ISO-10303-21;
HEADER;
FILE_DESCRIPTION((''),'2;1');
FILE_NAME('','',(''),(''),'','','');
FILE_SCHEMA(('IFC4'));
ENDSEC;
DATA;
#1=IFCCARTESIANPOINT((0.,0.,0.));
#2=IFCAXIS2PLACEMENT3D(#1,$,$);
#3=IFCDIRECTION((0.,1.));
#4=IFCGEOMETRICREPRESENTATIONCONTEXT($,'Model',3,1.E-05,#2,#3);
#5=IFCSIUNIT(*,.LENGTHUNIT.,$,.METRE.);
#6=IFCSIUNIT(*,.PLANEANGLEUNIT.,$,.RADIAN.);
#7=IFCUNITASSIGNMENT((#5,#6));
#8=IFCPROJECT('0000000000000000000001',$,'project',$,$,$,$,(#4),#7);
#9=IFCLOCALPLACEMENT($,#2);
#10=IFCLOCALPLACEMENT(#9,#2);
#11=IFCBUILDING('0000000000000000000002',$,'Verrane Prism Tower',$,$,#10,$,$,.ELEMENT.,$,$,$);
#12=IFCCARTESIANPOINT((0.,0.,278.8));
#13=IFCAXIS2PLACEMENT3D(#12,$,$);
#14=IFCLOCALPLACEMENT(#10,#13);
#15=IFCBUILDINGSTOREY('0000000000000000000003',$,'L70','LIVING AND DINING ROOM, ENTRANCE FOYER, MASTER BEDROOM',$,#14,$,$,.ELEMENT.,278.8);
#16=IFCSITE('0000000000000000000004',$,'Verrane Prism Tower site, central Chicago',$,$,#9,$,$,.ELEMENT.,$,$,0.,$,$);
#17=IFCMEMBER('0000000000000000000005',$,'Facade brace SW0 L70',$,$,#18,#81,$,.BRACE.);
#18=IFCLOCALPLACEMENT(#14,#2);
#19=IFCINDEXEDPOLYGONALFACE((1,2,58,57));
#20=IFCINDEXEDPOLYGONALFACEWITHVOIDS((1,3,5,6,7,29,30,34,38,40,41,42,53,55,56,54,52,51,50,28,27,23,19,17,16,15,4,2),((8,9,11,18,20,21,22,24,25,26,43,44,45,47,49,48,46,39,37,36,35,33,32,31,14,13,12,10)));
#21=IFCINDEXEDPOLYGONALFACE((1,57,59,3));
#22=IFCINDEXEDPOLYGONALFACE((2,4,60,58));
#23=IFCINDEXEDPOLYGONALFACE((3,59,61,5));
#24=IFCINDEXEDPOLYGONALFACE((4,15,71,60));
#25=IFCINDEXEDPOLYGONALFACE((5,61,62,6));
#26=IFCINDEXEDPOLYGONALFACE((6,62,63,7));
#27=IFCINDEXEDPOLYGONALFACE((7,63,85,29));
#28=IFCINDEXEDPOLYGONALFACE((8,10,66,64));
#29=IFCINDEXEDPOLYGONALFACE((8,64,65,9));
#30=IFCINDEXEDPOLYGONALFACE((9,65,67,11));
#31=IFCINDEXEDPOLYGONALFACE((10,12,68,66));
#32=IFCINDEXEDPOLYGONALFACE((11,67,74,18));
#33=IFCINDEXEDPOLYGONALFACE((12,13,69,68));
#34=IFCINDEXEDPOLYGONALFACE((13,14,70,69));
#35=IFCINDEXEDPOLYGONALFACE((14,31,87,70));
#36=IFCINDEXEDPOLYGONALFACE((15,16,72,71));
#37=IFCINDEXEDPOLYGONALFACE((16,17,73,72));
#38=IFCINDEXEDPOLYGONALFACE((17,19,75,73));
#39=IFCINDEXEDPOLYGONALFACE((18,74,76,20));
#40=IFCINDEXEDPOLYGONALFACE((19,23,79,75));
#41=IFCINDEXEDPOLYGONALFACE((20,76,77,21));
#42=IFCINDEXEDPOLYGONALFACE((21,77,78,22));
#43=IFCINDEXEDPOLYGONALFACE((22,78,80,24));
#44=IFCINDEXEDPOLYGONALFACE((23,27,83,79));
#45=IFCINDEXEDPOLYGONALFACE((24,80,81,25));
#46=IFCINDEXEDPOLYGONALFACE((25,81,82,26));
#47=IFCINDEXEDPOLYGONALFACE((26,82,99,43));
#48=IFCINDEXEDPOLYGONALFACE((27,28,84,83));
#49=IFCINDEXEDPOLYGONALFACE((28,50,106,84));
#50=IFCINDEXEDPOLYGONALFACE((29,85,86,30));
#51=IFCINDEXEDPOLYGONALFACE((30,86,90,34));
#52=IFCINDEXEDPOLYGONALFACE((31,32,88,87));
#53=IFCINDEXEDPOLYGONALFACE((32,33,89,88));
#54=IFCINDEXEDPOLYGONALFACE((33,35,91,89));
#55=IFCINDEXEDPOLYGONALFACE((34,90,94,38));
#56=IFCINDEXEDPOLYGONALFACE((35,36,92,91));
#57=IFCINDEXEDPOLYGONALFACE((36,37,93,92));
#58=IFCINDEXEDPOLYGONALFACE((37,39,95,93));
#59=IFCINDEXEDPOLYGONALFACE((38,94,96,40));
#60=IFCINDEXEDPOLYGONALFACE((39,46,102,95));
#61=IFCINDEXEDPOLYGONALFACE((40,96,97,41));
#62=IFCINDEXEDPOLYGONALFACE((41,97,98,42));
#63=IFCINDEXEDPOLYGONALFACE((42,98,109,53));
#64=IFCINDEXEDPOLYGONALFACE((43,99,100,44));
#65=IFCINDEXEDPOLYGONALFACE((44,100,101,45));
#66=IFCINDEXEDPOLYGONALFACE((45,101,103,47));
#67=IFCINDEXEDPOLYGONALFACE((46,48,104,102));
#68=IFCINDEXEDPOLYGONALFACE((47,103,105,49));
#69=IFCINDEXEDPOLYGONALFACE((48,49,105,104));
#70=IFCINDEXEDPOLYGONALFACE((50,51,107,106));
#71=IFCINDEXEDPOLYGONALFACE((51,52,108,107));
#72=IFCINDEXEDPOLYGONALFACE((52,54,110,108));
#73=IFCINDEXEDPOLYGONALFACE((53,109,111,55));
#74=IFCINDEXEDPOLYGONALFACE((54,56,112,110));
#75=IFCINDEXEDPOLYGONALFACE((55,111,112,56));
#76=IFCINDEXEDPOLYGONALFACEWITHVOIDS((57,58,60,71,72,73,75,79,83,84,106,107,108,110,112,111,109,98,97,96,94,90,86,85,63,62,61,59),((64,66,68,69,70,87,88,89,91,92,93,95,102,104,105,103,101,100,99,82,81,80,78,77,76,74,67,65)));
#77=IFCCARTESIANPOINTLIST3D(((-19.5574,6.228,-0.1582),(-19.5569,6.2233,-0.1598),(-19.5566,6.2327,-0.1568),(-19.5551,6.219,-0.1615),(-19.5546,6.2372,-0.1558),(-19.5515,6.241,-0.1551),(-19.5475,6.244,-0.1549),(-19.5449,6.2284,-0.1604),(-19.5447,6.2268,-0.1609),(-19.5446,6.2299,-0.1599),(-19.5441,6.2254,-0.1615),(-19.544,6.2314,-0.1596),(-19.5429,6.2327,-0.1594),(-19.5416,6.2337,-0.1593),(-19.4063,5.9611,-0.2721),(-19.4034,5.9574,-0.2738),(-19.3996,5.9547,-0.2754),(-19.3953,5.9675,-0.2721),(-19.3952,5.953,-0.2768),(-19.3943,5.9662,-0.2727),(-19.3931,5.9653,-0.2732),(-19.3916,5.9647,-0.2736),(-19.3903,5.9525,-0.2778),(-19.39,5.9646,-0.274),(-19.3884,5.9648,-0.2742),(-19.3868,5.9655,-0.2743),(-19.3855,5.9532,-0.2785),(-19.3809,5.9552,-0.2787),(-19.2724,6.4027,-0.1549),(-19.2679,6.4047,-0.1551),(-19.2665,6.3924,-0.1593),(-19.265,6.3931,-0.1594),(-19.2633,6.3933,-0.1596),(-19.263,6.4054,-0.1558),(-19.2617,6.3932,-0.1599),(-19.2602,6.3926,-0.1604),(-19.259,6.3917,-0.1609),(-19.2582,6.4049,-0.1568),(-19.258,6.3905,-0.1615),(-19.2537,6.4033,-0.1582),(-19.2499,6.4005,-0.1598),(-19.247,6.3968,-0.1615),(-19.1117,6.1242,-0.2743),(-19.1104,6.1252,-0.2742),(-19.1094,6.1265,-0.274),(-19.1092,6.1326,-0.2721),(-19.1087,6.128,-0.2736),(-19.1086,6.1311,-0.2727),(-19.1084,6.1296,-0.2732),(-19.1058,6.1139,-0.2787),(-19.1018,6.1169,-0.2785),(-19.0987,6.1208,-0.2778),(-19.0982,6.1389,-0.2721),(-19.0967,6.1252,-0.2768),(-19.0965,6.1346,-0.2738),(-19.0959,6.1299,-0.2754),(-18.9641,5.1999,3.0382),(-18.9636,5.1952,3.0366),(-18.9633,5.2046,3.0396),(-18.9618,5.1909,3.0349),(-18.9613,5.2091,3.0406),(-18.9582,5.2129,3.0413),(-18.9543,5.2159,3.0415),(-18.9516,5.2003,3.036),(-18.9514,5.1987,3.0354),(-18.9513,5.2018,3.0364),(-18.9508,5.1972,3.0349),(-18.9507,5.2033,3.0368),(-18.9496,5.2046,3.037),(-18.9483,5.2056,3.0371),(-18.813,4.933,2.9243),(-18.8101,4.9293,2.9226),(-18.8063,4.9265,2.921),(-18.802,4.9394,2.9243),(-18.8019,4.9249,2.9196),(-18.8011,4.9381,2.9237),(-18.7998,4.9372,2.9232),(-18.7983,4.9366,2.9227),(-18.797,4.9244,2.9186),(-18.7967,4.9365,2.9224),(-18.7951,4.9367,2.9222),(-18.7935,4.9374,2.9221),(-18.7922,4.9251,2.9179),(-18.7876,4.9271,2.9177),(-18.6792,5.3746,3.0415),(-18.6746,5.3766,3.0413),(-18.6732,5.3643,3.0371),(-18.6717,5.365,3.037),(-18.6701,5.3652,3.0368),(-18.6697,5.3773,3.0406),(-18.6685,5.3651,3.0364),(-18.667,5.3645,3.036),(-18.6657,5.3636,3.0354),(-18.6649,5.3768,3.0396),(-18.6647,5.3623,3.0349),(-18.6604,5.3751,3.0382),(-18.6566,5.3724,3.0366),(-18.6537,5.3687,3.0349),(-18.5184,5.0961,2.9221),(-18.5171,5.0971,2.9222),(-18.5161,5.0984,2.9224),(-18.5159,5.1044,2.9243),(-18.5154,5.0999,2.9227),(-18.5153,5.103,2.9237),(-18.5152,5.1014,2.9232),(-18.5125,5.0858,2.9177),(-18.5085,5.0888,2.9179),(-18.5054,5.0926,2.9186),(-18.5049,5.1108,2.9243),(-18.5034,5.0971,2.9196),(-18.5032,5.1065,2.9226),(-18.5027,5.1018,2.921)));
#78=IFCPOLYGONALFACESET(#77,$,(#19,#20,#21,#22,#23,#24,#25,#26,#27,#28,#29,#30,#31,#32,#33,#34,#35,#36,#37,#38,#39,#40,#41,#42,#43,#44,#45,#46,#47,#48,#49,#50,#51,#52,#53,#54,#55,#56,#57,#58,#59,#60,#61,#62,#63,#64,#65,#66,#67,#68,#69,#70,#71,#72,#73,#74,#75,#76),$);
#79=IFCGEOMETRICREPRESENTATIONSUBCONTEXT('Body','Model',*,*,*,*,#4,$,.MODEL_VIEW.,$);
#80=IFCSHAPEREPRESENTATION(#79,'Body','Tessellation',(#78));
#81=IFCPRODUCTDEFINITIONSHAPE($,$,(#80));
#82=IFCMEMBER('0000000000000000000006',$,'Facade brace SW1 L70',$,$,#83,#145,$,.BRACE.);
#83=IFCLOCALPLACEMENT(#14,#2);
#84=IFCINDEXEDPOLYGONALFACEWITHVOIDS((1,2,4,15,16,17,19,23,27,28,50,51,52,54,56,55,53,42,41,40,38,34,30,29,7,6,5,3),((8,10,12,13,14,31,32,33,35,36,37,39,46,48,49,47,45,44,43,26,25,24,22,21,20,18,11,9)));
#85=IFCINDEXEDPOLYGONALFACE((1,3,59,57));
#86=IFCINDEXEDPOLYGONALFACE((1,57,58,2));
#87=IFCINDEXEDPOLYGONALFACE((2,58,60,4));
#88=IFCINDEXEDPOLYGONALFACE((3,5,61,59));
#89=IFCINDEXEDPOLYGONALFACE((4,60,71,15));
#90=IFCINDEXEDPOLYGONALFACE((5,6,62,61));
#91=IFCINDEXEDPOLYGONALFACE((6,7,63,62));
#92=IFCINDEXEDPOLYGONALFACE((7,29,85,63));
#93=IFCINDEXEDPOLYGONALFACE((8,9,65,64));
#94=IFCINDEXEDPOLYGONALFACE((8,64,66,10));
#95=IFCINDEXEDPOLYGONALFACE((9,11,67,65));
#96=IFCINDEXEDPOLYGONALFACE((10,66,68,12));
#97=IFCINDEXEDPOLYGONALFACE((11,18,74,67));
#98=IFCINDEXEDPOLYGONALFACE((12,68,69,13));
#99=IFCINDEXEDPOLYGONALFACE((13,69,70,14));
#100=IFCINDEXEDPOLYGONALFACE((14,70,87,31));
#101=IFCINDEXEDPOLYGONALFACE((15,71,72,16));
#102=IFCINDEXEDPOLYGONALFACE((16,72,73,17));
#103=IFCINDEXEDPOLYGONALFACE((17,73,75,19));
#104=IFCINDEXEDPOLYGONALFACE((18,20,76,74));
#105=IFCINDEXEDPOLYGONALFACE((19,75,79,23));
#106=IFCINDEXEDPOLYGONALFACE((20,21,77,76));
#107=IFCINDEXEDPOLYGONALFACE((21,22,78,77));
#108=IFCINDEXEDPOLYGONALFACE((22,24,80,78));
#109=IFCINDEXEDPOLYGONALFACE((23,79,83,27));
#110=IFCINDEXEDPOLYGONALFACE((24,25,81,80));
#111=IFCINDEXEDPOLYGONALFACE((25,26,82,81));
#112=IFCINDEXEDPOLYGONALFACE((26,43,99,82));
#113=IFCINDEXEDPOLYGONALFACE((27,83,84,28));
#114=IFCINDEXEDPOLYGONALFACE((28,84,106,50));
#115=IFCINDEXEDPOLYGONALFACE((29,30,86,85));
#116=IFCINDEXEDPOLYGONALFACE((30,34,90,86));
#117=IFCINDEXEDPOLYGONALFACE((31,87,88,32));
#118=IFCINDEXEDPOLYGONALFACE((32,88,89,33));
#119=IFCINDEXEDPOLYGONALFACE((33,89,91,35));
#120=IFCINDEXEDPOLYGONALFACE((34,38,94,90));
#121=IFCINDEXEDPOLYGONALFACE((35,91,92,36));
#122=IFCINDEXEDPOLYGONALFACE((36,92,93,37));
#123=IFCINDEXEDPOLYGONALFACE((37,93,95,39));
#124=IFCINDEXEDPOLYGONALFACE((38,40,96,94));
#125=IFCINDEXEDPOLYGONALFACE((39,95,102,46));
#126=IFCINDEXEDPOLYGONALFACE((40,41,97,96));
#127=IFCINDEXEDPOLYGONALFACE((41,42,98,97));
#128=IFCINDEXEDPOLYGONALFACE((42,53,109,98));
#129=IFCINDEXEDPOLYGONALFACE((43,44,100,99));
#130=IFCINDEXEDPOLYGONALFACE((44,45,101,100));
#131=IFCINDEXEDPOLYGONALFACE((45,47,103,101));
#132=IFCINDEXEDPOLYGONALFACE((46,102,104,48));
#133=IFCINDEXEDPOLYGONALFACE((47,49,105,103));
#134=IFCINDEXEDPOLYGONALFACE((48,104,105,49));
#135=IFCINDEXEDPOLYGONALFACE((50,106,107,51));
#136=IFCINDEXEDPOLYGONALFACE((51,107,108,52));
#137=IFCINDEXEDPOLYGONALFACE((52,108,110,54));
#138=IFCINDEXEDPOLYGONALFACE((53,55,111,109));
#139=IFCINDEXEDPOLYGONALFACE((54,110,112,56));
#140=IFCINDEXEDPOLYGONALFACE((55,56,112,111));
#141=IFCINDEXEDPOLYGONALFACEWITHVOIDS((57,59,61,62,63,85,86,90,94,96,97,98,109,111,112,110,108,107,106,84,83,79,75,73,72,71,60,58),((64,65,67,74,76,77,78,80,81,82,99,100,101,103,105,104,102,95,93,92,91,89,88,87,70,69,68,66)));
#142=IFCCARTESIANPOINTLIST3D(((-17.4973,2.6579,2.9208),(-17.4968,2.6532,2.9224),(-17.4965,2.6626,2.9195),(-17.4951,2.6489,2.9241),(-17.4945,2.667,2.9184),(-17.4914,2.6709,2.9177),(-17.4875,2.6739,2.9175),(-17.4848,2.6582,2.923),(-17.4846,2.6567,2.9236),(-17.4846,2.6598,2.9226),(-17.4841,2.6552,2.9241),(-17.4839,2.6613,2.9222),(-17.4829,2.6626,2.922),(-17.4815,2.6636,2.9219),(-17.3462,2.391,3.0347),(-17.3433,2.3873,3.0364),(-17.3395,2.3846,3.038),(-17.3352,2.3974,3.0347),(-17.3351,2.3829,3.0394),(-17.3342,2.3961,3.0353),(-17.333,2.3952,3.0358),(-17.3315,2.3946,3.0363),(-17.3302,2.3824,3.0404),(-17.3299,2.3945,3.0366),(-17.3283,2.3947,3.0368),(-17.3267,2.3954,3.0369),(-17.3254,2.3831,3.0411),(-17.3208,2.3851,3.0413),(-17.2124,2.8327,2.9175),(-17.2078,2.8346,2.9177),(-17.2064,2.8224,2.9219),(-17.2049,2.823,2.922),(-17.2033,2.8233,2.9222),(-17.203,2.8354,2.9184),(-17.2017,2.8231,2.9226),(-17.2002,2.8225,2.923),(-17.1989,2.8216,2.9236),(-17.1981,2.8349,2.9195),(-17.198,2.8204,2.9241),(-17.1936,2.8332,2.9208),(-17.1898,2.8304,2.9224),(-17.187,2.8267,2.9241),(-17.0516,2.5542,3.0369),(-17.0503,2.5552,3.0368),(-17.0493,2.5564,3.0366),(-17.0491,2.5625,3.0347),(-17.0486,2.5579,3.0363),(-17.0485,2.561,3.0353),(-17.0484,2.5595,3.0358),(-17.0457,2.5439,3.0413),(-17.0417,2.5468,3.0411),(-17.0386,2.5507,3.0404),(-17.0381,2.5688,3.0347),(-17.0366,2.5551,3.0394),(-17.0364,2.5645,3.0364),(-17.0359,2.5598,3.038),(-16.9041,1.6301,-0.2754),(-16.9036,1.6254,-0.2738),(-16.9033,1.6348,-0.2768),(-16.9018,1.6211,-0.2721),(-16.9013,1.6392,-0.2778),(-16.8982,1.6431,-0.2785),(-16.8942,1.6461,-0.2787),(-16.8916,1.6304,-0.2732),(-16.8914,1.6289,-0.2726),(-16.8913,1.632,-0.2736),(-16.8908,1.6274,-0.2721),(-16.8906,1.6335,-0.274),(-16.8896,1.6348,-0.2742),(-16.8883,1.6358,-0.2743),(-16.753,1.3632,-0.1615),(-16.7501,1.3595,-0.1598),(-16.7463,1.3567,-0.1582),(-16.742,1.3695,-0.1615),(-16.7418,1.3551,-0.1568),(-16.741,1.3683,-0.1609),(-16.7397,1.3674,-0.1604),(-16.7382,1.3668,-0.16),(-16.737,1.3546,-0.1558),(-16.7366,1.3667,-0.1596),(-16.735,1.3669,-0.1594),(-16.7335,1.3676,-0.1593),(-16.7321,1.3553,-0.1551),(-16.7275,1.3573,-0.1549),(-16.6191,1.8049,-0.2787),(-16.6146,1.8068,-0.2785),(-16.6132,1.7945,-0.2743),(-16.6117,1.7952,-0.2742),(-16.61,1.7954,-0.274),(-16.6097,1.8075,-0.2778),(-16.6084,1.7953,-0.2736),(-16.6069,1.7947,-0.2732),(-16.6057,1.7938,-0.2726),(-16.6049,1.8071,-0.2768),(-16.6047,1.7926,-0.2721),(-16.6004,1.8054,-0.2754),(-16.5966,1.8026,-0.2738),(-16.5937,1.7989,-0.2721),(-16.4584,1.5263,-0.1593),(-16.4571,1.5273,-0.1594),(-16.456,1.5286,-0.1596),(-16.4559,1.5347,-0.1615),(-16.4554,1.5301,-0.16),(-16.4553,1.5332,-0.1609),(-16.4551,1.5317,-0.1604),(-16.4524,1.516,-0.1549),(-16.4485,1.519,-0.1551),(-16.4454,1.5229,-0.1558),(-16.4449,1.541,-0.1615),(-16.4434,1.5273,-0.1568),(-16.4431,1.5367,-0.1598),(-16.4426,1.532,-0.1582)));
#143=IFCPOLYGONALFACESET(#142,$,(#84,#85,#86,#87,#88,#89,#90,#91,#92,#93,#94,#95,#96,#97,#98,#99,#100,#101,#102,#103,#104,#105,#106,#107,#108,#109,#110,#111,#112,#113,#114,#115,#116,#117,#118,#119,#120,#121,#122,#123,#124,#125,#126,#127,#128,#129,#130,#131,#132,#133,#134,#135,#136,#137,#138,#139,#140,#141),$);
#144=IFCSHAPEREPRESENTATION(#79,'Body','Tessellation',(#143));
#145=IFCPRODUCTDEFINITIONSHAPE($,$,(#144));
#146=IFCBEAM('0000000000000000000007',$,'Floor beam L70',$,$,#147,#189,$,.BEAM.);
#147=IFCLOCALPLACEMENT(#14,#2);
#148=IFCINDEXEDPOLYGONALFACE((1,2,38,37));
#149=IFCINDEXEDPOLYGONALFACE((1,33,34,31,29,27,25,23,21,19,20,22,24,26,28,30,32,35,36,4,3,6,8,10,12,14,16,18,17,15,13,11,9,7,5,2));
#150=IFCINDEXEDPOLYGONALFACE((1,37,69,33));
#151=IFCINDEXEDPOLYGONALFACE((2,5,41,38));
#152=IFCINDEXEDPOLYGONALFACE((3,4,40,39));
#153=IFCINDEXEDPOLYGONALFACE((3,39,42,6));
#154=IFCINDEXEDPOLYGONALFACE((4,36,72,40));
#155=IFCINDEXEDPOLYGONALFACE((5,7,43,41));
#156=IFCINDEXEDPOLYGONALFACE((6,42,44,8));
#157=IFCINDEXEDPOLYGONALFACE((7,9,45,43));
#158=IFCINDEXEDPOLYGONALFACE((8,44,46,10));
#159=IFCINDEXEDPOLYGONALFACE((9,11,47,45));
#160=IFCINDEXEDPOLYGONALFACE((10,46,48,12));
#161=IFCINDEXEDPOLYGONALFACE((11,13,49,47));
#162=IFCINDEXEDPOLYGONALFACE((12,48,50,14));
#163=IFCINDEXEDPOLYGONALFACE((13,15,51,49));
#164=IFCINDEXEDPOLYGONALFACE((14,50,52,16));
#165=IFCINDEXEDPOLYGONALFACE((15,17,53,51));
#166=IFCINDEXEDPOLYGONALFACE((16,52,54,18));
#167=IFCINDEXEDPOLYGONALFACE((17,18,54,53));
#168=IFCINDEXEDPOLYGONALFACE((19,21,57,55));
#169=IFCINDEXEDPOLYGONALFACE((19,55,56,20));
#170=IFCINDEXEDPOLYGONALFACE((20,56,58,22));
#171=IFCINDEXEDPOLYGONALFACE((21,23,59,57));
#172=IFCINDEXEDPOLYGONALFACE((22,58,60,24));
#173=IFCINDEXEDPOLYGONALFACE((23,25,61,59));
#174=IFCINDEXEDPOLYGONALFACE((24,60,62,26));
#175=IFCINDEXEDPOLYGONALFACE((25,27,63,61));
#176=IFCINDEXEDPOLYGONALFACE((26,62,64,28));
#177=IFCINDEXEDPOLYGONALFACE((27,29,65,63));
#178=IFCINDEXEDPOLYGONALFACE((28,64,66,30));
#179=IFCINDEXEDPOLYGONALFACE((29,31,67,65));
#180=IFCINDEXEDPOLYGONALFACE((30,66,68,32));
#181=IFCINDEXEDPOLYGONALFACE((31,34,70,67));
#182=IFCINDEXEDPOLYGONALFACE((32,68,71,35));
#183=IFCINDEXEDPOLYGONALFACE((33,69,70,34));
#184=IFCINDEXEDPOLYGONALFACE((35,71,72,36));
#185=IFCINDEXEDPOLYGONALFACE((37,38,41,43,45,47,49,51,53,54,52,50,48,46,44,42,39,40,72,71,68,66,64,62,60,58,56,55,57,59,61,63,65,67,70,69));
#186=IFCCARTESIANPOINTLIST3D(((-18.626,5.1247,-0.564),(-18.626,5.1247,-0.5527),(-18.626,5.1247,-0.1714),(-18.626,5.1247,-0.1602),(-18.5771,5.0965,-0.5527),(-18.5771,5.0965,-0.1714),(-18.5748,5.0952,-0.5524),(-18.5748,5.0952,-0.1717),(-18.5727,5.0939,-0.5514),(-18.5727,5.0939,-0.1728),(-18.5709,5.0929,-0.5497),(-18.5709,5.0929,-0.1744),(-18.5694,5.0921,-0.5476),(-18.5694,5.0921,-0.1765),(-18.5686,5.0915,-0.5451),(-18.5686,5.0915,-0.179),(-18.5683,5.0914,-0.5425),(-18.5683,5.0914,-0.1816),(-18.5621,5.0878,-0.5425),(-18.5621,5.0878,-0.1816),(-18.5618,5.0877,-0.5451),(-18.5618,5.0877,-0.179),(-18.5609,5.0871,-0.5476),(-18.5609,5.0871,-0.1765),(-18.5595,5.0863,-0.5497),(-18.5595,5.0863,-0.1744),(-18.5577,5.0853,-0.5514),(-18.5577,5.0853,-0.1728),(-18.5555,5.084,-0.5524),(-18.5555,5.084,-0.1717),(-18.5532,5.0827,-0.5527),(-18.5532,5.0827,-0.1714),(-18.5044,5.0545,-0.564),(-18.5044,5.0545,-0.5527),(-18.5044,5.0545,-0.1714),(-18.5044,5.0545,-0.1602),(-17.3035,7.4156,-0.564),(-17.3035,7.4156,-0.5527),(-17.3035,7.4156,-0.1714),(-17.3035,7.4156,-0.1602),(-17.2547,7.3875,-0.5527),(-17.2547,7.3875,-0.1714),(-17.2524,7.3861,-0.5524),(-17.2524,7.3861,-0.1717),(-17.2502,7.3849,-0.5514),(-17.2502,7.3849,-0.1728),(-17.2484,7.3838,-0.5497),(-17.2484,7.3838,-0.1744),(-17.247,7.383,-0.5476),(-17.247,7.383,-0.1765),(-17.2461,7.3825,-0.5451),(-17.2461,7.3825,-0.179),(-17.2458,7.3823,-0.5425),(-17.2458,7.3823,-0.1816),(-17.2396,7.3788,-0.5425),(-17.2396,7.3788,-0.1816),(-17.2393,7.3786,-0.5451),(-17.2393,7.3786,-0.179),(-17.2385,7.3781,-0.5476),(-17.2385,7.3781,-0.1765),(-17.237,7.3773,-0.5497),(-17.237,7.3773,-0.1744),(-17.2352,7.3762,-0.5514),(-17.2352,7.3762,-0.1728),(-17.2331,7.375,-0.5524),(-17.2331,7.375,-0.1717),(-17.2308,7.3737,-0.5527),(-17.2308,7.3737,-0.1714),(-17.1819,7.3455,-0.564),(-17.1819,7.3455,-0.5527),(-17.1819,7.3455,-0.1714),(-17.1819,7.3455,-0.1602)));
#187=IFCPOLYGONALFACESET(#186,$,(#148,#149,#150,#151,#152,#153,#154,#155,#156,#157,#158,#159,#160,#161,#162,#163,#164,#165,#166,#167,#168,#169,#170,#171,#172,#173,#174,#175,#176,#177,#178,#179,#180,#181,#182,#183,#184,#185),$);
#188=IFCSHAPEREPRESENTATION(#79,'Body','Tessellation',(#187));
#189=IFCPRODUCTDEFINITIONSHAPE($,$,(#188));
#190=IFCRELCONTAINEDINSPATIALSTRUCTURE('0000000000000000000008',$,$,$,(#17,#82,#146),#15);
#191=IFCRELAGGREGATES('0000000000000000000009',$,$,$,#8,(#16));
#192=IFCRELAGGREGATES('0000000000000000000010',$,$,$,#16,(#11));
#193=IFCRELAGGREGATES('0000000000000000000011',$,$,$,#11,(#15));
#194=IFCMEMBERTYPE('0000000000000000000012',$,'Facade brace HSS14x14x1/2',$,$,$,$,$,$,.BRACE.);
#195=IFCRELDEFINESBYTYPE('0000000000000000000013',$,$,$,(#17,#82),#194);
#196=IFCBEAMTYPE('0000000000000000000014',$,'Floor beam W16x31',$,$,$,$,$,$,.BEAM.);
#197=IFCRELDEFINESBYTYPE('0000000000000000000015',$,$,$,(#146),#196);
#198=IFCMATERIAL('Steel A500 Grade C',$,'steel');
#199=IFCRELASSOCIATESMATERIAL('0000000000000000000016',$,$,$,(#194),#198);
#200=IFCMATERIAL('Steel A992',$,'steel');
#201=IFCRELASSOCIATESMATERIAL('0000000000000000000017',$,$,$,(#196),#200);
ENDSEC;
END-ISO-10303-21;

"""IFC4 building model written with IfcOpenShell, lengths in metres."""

from ifc_helpers import new_model, si_unit, direction, frame, origin, origin_2d, place, context, subcontext, project, spatial, hollow_rectangle, i_section, extrude, material, material_profile, profile_set, type_object, element, save


model = new_model("IFC4")

# Units and contexts
model_context = context("Model", 3, precision=1e-05, world=origin(), true_north=direction((0.0, 1.0)))
body_context = subcontext(model_context, "Body", "Model", "MODEL_VIEW")
ifc_project = project(units=[si_unit("LENGTHUNIT", "METRE"), si_unit("PLANEANGLEUNIT", "RADIAN")], contexts=[model_context])

# Site, building, storey
site_placement = place(None, origin())
site = spatial("IfcSite", under=ifc_project, at=site_placement, Name="Verrane Prism Tower site, central Chicago", CompositionType="ELEMENT", RefElevation=0.0)
building_placement = place(site_placement, origin())
building = spatial("IfcBuilding", under=site, at=building_placement, Name="Verrane Prism Tower", CompositionType="ELEMENT")
storey_placement = place(building_placement, frame((0.0, 0.0, 278.8)))
storey = spatial("IfcBuildingStorey", under=building, at=storey_placement, Name="L70", Description="LIVING AND DINING ROOM, ENTRANCE FOYER, MASTER BEDROOM", CompositionType="ELEMENT", Elevation=278.8)

# Members
ifc_material_1 = material(Name="Steel A500 Grade C", Category="steel")
ifc_material_profile_1 = material_profile(ifc_material_1, hollow_rectangle(XDim=0.3557, YDim=0.3557, WallThickness=0.0127, InnerFilletRadius=0.0063, OuterFilletRadius=0.019, at=origin_2d()), Name="HSS14x14x1/2")
ifc_profile_set_1 = profile_set([ifc_material_profile_1], Name="Steel A500 Grade C")
member_type_1 = type_object("IfcMemberType", Name="Facade brace HSS14x14x1/2", PredefinedType="BRACE", material=ifc_profile_set_1)
member_1_placement = place(storey_placement, frame((-19.3267, 6.179, -0.2168), z_axis=(0.173999, -0.301527, 0.937447), x_axis=(0.866134, 0.499811, 0.0)))
element("IfcMember", 1, at=member_1_placement, inside=storey, type_object=member_type_1, Name="Facade brace SW0 L70", PredefinedType="BRACE", context=body_context, shape_type="SweptSolid", body=[
    extrude(hollow_rectangle(XDim=0.3557, YDim=0.3557, WallThickness=0.0127, InnerFilletRadius=0.0063, OuterFilletRadius=0.019, at=origin_2d()), origin(), (0.0, 0.0, 1.0), 3.4097),
])
member_2_placement = place(storey_placement, frame((-16.6733, 1.5811, -0.2168), z_axis=(-0.174003, 0.301462, 0.937467), x_axis=(-0.866083, -0.499901, 0.0)))
element("IfcMember", 2, at=member_2_placement, inside=storey, type_object=member_type_1, Name="Facade brace SW1 L70", PredefinedType="BRACE", context=body_context, shape_type="SweptSolid", body=[
    extrude(hollow_rectangle(XDim=0.3557, YDim=0.3557, WallThickness=0.0127, InnerFilletRadius=0.0063, OuterFilletRadius=0.019, at=origin_2d()), origin(), (0.0, 0.0, 1.0), 3.4094),
])

# Beam
ifc_material_2 = material(Name="Steel A992", Category="steel")
ifc_material_profile_2 = material_profile(ifc_material_2, i_section(OverallWidth=0.1404, OverallDepth=0.4038, WebThickness=0.0071, FlangeThickness=0.0112, FilletRadius=0.0103, at=origin_2d()), Name="W16x31")
ifc_profile_set_2 = profile_set([ifc_material_profile_2], Name="Steel A992")
beam_type_1 = type_object("IfcBeamType", Name="Floor beam W16x31", PredefinedType="BEAM", material=ifc_profile_set_2)
beam_1_placement = place(storey_placement, frame((-18.5652, 5.0896, -0.3621), z_axis=(0.499941, 0.86606, 0.0), x_axis=(-0.86606, 0.499941, 0.0)))
element("IfcBeam", 3, at=beam_1_placement, inside=storey, type_object=beam_type_1, Name="Floor beam L70", PredefinedType="BEAM", context=body_context, shape_type="SweptSolid", body=[
    extrude(i_section(OverallWidth=0.1404, OverallDepth=0.4038, WebThickness=0.0071, FlangeThickness=0.0112, FilletRadius=0.0103, at=origin_2d()), origin(), (0.0, 0.0, 1.0), 2.6453),
])

save(model, "model.ifc")
